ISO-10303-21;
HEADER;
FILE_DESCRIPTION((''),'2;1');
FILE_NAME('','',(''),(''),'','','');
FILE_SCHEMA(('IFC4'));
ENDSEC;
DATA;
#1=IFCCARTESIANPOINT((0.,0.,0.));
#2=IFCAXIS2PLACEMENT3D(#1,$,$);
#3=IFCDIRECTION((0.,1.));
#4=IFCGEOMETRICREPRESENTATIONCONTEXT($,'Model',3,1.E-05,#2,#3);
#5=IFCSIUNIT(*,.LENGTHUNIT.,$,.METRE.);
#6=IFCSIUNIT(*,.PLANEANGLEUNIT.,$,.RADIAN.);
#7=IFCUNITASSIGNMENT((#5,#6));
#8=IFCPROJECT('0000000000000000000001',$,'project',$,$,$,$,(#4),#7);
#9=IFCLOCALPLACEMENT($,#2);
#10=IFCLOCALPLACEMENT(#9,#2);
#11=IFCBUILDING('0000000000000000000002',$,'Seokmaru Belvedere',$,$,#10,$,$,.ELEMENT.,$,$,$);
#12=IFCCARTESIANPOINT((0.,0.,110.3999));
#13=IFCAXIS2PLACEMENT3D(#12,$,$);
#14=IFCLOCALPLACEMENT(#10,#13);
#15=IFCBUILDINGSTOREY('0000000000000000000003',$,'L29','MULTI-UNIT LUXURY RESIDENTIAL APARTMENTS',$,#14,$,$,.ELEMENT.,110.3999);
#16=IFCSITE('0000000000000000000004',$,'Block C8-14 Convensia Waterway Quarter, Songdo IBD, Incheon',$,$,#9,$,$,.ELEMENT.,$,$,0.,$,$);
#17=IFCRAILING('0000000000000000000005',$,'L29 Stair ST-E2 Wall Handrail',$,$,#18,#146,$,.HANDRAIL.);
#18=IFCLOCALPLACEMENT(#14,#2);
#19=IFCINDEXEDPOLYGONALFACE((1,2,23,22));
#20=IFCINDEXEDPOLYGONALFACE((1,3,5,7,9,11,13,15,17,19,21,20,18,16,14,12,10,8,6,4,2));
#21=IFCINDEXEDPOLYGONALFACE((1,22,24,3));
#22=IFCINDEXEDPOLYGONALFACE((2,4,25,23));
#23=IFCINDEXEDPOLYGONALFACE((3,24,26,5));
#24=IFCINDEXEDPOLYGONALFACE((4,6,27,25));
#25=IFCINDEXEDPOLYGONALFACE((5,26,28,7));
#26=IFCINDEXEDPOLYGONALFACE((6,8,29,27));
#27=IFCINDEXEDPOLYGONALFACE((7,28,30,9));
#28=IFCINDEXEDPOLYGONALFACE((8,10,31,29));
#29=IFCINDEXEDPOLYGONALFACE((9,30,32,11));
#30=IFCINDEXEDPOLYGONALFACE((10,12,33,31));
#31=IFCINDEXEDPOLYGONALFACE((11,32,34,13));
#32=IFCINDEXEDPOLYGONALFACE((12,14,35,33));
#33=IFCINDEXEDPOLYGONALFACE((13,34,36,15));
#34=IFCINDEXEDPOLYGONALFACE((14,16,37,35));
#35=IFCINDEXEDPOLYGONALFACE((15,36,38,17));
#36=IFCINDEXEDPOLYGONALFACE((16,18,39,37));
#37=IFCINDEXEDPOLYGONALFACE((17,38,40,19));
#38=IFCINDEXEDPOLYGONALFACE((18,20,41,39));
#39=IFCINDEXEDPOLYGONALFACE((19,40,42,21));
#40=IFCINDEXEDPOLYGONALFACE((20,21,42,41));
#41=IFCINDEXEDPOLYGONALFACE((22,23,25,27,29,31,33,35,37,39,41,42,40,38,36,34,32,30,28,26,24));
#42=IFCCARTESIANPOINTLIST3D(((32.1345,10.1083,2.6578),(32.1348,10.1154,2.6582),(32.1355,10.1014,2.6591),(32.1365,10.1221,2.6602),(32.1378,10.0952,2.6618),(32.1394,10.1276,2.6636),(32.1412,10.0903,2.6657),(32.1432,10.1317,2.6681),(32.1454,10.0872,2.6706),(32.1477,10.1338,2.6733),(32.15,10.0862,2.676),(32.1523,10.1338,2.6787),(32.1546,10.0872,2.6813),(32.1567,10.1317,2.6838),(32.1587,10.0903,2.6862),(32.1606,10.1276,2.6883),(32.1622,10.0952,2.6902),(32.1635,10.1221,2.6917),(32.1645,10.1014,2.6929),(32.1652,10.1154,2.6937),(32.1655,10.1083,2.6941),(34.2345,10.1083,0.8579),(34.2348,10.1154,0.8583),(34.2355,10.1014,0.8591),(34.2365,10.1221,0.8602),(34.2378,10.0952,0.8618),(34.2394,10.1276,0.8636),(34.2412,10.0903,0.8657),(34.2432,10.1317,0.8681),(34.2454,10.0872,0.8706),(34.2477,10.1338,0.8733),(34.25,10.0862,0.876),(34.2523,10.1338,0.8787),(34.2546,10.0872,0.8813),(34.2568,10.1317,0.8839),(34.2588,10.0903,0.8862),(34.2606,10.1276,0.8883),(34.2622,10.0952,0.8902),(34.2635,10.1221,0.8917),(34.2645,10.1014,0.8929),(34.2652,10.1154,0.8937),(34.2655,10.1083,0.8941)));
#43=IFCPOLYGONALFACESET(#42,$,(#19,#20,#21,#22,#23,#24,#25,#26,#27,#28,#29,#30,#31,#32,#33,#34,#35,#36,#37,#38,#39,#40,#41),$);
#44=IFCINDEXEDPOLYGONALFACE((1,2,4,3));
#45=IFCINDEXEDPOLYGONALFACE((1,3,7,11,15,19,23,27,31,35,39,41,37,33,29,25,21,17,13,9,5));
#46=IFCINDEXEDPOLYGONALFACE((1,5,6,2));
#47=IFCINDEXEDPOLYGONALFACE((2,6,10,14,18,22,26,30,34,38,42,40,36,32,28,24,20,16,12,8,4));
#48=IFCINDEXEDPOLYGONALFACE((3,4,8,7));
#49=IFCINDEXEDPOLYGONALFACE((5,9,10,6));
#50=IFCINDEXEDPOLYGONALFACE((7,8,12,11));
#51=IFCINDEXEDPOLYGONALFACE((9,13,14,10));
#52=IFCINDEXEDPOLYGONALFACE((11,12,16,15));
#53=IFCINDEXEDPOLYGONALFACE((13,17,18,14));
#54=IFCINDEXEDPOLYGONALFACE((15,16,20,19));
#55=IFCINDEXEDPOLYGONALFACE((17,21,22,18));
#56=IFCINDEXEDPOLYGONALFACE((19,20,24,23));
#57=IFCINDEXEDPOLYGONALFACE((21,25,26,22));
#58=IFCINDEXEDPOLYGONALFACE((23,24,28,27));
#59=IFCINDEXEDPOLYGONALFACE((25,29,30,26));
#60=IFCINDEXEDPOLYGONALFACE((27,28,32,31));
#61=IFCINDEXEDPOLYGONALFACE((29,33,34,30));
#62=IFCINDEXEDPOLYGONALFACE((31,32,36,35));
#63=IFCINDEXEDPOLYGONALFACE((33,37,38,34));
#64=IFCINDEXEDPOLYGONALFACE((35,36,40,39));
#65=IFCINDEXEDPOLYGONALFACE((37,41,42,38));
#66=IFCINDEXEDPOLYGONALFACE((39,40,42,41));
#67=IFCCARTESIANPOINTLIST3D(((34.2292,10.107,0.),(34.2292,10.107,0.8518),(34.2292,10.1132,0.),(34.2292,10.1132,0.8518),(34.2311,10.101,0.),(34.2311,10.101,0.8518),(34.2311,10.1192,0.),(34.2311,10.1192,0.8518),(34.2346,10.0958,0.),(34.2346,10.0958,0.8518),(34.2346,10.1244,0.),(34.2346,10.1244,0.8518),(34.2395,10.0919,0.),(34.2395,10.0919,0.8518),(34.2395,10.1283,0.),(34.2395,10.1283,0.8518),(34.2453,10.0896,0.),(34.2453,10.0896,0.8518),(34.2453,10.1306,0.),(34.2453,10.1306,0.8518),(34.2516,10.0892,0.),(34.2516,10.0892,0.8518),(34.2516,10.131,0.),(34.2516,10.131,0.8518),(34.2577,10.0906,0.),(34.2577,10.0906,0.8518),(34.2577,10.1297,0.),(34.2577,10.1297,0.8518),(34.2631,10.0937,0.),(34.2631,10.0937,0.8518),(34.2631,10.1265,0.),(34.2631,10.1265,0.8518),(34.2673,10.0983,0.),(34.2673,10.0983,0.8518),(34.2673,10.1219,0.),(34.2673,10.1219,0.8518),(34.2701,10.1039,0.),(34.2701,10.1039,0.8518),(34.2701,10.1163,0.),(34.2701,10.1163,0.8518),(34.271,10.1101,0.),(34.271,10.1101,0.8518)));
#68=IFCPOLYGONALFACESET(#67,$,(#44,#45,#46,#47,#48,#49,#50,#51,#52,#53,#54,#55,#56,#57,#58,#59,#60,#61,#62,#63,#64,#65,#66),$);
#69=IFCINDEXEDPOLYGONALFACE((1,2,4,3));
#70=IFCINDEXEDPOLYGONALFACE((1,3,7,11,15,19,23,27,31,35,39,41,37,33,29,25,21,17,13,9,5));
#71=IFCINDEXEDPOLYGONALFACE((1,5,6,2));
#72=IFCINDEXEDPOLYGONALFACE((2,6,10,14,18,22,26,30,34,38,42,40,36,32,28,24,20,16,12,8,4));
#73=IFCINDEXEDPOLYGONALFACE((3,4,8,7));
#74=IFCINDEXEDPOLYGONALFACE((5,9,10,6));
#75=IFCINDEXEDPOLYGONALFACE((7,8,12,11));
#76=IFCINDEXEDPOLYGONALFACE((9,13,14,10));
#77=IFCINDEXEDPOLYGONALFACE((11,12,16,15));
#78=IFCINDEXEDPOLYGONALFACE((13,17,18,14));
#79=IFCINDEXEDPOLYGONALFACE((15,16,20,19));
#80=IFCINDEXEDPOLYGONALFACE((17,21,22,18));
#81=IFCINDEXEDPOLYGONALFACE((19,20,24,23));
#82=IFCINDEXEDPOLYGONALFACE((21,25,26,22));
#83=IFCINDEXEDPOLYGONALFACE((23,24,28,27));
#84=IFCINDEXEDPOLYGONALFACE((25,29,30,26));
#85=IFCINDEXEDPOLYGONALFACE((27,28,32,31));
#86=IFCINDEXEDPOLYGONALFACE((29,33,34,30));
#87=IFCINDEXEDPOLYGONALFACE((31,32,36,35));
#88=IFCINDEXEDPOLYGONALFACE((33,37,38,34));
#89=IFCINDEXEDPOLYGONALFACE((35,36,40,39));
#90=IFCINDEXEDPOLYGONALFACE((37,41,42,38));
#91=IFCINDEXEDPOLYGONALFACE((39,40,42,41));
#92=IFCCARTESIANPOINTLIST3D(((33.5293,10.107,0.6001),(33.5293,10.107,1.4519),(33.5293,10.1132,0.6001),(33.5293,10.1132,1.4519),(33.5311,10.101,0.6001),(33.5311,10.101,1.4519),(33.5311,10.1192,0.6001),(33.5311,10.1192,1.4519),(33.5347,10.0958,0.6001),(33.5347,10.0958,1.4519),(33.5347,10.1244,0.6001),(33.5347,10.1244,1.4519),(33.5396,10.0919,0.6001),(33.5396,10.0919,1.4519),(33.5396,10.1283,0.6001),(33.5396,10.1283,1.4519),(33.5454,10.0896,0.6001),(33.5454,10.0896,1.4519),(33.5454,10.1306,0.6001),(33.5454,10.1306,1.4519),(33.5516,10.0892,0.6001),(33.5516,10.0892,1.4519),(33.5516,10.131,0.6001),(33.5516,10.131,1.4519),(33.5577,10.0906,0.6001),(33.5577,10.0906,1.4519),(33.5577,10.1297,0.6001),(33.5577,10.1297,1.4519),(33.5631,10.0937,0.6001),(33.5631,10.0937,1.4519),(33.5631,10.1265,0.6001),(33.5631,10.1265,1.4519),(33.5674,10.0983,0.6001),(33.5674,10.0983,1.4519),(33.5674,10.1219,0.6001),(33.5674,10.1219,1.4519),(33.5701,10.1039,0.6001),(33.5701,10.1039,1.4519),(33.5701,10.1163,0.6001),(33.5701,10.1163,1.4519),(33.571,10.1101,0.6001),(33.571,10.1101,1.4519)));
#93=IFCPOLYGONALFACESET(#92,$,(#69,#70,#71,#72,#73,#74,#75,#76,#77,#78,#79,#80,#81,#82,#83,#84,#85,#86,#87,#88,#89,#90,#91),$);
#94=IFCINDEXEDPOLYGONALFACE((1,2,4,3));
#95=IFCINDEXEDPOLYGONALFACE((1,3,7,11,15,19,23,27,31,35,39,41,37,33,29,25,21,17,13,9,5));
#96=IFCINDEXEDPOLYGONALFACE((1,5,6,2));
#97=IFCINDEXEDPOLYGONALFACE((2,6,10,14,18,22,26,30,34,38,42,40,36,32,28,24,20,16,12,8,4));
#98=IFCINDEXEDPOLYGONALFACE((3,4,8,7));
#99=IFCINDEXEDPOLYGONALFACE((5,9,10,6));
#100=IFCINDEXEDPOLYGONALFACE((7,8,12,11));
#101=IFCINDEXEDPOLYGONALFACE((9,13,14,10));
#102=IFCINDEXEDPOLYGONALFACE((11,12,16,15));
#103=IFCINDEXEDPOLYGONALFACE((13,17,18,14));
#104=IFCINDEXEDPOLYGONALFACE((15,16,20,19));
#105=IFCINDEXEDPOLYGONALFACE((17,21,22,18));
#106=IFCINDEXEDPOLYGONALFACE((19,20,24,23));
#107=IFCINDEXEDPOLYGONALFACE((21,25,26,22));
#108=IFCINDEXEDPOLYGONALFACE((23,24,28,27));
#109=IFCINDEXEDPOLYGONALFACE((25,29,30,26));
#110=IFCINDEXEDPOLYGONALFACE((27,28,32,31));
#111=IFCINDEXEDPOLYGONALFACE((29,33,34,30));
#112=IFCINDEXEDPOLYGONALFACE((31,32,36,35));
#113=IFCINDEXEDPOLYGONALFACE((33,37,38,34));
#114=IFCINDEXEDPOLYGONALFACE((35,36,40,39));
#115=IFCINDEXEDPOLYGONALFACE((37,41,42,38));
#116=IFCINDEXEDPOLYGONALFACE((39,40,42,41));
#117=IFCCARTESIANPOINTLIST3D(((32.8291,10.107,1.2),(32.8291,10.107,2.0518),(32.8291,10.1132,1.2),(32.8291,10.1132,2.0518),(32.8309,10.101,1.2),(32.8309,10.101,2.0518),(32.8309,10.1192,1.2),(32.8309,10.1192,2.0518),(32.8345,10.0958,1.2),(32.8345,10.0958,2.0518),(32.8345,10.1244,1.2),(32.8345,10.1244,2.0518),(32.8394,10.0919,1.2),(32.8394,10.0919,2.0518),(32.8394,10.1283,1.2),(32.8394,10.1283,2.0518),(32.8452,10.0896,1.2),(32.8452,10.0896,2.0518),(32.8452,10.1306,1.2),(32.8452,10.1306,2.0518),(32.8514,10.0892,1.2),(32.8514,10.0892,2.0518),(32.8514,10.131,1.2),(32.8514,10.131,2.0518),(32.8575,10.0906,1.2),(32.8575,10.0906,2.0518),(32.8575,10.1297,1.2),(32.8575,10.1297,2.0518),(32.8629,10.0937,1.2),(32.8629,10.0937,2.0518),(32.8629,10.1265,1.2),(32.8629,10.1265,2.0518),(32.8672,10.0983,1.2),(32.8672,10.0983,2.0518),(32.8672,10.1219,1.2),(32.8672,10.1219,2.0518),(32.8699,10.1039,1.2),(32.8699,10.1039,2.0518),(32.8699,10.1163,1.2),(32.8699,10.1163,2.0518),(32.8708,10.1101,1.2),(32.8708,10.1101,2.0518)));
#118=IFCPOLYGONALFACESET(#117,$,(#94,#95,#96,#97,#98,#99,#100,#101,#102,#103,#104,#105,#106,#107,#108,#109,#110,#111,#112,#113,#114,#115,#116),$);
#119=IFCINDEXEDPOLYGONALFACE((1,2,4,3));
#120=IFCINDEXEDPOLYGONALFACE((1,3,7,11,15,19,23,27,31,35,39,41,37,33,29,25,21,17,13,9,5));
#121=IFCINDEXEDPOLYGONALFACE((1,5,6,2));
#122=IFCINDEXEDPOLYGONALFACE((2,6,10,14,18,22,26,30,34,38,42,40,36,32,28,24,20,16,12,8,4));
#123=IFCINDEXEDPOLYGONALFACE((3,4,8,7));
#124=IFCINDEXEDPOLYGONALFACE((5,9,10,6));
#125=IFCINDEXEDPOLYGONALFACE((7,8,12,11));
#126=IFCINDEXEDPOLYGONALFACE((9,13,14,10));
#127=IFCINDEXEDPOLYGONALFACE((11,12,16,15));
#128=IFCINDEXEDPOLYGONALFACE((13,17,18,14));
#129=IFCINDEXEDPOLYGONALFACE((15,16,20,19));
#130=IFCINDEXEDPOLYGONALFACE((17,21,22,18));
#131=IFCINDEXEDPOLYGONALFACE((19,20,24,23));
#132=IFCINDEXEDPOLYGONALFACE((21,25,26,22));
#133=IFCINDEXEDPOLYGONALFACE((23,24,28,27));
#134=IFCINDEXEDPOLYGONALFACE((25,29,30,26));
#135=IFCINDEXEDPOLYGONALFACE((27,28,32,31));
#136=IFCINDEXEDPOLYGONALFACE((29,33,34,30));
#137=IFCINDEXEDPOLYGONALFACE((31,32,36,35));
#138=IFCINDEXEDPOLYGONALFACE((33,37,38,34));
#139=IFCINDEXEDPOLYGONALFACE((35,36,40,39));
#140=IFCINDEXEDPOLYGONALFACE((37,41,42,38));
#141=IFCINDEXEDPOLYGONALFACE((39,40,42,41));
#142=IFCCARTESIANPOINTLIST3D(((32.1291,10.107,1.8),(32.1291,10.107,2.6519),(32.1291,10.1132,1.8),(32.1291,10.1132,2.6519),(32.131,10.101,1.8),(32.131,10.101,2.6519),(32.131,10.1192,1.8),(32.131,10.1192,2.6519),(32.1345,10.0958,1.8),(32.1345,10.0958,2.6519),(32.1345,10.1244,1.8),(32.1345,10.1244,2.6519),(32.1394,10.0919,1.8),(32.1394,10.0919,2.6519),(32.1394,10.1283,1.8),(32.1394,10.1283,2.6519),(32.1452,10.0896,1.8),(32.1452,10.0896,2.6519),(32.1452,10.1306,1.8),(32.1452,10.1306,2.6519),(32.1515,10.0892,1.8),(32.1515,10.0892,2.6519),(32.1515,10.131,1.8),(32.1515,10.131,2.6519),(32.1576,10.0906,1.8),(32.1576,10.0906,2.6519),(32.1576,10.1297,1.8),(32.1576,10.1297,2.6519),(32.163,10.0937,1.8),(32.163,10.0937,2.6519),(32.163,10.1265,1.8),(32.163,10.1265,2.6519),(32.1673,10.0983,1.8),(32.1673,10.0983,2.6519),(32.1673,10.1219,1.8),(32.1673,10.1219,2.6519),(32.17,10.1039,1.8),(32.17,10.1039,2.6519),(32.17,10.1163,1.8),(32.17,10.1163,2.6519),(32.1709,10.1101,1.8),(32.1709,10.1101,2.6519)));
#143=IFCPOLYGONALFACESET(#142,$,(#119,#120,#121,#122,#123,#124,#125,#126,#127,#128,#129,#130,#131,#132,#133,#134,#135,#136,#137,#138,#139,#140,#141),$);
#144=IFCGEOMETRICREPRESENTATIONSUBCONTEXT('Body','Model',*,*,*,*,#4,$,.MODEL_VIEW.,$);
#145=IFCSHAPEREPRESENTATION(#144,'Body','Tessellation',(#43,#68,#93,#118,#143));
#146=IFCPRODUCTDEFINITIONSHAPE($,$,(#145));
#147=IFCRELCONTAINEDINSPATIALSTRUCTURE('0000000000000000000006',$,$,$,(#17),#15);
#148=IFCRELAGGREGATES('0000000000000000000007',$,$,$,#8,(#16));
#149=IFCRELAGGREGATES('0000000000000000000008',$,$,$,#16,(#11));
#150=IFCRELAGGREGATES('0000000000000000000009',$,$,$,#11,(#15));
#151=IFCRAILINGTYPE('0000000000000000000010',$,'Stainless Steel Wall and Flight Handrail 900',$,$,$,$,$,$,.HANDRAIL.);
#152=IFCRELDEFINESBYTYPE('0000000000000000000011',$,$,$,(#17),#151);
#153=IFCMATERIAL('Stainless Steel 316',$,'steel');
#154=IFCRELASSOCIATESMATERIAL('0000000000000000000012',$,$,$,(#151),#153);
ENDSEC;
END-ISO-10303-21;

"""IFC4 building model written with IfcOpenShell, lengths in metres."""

from ifc_helpers import new_model, si_unit, direction, frame, origin, origin_2d, place, context, subcontext, project, spatial, circle, extrude, material, type_object, element, save


model = new_model("IFC4")

# Units and contexts
model_context = context("Model", 3, precision=1e-05, world=origin(), true_north=direction((0.0, 1.0)))
body_context = subcontext(model_context, "Body", "Model", "MODEL_VIEW")
ifc_project = project(units=[si_unit("LENGTHUNIT", "METRE"), si_unit("PLANEANGLEUNIT", "RADIAN")], contexts=[model_context])

# Site, building, storey
site_placement = place(None, origin())
site = spatial("IfcSite", under=ifc_project, at=site_placement, Name="Block C8-14 Convensia Waterway Quarter, Songdo IBD, Incheon", CompositionType="ELEMENT", RefElevation=0.0)
building_placement = place(site_placement, origin())
building = spatial("IfcBuilding", under=site, at=building_placement, Name="Seokmaru Belvedere", CompositionType="ELEMENT")
storey_placement = place(building_placement, frame((0.0, 0.0, 110.3999)))
storey = spatial("IfcBuildingStorey", under=building, at=storey_placement, Name="L29", Description="MULTI-UNIT LUXURY RESIDENTIAL APARTMENTS", CompositionType="ELEMENT", Elevation=110.3999)

# Railing
ifc_material_1 = material(Name="Stainless Steel 316", Category="steel")
railing_type_1 = type_object("IfcRailingType", Name="Stainless Steel Wall and Flight Handrail 900", PredefinedType="HANDRAIL", material=ifc_material_1)
railing_1_placement = place(storey_placement, frame((34.25, 10.1101, 0.0)))
element("IfcRailing", 1, at=railing_1_placement, inside=storey, type_object=railing_type_1, Name="L29 Stair ST-E2 Wall Handrail", PredefinedType="HANDRAIL", context=body_context, shape_type="SweptSolid", body=[
    extrude(circle(Radius=0.0239, at=origin_2d()), frame((0.0, 0.0, 0.876), z_axis=(-0.759263, 0.0, 0.650784), x_axis=(0.0, -1.0, 0.0)), (0.0, 0.0, 1.0), 2.7659),
    extrude(circle(Radius=0.021, at=origin_2d()), origin(), (0.0, 0.0, 1.0), 0.8518),
    extrude(circle(Radius=0.021, at=origin_2d()), frame((-0.7, 0.0, 0.6001)), (0.0, 0.0, 1.0), 0.8518),
    extrude(circle(Radius=0.021, at=origin_2d()), frame((-1.4001, 0.0, 1.2)), (0.0, 0.0, 1.0), 0.8518),
    extrude(circle(Radius=0.021, at=origin_2d()), frame((-2.1001, 0.0, 1.8)), (0.0, 0.0, 1.0), 0.8518),
])

save(model, "model.ifc")
